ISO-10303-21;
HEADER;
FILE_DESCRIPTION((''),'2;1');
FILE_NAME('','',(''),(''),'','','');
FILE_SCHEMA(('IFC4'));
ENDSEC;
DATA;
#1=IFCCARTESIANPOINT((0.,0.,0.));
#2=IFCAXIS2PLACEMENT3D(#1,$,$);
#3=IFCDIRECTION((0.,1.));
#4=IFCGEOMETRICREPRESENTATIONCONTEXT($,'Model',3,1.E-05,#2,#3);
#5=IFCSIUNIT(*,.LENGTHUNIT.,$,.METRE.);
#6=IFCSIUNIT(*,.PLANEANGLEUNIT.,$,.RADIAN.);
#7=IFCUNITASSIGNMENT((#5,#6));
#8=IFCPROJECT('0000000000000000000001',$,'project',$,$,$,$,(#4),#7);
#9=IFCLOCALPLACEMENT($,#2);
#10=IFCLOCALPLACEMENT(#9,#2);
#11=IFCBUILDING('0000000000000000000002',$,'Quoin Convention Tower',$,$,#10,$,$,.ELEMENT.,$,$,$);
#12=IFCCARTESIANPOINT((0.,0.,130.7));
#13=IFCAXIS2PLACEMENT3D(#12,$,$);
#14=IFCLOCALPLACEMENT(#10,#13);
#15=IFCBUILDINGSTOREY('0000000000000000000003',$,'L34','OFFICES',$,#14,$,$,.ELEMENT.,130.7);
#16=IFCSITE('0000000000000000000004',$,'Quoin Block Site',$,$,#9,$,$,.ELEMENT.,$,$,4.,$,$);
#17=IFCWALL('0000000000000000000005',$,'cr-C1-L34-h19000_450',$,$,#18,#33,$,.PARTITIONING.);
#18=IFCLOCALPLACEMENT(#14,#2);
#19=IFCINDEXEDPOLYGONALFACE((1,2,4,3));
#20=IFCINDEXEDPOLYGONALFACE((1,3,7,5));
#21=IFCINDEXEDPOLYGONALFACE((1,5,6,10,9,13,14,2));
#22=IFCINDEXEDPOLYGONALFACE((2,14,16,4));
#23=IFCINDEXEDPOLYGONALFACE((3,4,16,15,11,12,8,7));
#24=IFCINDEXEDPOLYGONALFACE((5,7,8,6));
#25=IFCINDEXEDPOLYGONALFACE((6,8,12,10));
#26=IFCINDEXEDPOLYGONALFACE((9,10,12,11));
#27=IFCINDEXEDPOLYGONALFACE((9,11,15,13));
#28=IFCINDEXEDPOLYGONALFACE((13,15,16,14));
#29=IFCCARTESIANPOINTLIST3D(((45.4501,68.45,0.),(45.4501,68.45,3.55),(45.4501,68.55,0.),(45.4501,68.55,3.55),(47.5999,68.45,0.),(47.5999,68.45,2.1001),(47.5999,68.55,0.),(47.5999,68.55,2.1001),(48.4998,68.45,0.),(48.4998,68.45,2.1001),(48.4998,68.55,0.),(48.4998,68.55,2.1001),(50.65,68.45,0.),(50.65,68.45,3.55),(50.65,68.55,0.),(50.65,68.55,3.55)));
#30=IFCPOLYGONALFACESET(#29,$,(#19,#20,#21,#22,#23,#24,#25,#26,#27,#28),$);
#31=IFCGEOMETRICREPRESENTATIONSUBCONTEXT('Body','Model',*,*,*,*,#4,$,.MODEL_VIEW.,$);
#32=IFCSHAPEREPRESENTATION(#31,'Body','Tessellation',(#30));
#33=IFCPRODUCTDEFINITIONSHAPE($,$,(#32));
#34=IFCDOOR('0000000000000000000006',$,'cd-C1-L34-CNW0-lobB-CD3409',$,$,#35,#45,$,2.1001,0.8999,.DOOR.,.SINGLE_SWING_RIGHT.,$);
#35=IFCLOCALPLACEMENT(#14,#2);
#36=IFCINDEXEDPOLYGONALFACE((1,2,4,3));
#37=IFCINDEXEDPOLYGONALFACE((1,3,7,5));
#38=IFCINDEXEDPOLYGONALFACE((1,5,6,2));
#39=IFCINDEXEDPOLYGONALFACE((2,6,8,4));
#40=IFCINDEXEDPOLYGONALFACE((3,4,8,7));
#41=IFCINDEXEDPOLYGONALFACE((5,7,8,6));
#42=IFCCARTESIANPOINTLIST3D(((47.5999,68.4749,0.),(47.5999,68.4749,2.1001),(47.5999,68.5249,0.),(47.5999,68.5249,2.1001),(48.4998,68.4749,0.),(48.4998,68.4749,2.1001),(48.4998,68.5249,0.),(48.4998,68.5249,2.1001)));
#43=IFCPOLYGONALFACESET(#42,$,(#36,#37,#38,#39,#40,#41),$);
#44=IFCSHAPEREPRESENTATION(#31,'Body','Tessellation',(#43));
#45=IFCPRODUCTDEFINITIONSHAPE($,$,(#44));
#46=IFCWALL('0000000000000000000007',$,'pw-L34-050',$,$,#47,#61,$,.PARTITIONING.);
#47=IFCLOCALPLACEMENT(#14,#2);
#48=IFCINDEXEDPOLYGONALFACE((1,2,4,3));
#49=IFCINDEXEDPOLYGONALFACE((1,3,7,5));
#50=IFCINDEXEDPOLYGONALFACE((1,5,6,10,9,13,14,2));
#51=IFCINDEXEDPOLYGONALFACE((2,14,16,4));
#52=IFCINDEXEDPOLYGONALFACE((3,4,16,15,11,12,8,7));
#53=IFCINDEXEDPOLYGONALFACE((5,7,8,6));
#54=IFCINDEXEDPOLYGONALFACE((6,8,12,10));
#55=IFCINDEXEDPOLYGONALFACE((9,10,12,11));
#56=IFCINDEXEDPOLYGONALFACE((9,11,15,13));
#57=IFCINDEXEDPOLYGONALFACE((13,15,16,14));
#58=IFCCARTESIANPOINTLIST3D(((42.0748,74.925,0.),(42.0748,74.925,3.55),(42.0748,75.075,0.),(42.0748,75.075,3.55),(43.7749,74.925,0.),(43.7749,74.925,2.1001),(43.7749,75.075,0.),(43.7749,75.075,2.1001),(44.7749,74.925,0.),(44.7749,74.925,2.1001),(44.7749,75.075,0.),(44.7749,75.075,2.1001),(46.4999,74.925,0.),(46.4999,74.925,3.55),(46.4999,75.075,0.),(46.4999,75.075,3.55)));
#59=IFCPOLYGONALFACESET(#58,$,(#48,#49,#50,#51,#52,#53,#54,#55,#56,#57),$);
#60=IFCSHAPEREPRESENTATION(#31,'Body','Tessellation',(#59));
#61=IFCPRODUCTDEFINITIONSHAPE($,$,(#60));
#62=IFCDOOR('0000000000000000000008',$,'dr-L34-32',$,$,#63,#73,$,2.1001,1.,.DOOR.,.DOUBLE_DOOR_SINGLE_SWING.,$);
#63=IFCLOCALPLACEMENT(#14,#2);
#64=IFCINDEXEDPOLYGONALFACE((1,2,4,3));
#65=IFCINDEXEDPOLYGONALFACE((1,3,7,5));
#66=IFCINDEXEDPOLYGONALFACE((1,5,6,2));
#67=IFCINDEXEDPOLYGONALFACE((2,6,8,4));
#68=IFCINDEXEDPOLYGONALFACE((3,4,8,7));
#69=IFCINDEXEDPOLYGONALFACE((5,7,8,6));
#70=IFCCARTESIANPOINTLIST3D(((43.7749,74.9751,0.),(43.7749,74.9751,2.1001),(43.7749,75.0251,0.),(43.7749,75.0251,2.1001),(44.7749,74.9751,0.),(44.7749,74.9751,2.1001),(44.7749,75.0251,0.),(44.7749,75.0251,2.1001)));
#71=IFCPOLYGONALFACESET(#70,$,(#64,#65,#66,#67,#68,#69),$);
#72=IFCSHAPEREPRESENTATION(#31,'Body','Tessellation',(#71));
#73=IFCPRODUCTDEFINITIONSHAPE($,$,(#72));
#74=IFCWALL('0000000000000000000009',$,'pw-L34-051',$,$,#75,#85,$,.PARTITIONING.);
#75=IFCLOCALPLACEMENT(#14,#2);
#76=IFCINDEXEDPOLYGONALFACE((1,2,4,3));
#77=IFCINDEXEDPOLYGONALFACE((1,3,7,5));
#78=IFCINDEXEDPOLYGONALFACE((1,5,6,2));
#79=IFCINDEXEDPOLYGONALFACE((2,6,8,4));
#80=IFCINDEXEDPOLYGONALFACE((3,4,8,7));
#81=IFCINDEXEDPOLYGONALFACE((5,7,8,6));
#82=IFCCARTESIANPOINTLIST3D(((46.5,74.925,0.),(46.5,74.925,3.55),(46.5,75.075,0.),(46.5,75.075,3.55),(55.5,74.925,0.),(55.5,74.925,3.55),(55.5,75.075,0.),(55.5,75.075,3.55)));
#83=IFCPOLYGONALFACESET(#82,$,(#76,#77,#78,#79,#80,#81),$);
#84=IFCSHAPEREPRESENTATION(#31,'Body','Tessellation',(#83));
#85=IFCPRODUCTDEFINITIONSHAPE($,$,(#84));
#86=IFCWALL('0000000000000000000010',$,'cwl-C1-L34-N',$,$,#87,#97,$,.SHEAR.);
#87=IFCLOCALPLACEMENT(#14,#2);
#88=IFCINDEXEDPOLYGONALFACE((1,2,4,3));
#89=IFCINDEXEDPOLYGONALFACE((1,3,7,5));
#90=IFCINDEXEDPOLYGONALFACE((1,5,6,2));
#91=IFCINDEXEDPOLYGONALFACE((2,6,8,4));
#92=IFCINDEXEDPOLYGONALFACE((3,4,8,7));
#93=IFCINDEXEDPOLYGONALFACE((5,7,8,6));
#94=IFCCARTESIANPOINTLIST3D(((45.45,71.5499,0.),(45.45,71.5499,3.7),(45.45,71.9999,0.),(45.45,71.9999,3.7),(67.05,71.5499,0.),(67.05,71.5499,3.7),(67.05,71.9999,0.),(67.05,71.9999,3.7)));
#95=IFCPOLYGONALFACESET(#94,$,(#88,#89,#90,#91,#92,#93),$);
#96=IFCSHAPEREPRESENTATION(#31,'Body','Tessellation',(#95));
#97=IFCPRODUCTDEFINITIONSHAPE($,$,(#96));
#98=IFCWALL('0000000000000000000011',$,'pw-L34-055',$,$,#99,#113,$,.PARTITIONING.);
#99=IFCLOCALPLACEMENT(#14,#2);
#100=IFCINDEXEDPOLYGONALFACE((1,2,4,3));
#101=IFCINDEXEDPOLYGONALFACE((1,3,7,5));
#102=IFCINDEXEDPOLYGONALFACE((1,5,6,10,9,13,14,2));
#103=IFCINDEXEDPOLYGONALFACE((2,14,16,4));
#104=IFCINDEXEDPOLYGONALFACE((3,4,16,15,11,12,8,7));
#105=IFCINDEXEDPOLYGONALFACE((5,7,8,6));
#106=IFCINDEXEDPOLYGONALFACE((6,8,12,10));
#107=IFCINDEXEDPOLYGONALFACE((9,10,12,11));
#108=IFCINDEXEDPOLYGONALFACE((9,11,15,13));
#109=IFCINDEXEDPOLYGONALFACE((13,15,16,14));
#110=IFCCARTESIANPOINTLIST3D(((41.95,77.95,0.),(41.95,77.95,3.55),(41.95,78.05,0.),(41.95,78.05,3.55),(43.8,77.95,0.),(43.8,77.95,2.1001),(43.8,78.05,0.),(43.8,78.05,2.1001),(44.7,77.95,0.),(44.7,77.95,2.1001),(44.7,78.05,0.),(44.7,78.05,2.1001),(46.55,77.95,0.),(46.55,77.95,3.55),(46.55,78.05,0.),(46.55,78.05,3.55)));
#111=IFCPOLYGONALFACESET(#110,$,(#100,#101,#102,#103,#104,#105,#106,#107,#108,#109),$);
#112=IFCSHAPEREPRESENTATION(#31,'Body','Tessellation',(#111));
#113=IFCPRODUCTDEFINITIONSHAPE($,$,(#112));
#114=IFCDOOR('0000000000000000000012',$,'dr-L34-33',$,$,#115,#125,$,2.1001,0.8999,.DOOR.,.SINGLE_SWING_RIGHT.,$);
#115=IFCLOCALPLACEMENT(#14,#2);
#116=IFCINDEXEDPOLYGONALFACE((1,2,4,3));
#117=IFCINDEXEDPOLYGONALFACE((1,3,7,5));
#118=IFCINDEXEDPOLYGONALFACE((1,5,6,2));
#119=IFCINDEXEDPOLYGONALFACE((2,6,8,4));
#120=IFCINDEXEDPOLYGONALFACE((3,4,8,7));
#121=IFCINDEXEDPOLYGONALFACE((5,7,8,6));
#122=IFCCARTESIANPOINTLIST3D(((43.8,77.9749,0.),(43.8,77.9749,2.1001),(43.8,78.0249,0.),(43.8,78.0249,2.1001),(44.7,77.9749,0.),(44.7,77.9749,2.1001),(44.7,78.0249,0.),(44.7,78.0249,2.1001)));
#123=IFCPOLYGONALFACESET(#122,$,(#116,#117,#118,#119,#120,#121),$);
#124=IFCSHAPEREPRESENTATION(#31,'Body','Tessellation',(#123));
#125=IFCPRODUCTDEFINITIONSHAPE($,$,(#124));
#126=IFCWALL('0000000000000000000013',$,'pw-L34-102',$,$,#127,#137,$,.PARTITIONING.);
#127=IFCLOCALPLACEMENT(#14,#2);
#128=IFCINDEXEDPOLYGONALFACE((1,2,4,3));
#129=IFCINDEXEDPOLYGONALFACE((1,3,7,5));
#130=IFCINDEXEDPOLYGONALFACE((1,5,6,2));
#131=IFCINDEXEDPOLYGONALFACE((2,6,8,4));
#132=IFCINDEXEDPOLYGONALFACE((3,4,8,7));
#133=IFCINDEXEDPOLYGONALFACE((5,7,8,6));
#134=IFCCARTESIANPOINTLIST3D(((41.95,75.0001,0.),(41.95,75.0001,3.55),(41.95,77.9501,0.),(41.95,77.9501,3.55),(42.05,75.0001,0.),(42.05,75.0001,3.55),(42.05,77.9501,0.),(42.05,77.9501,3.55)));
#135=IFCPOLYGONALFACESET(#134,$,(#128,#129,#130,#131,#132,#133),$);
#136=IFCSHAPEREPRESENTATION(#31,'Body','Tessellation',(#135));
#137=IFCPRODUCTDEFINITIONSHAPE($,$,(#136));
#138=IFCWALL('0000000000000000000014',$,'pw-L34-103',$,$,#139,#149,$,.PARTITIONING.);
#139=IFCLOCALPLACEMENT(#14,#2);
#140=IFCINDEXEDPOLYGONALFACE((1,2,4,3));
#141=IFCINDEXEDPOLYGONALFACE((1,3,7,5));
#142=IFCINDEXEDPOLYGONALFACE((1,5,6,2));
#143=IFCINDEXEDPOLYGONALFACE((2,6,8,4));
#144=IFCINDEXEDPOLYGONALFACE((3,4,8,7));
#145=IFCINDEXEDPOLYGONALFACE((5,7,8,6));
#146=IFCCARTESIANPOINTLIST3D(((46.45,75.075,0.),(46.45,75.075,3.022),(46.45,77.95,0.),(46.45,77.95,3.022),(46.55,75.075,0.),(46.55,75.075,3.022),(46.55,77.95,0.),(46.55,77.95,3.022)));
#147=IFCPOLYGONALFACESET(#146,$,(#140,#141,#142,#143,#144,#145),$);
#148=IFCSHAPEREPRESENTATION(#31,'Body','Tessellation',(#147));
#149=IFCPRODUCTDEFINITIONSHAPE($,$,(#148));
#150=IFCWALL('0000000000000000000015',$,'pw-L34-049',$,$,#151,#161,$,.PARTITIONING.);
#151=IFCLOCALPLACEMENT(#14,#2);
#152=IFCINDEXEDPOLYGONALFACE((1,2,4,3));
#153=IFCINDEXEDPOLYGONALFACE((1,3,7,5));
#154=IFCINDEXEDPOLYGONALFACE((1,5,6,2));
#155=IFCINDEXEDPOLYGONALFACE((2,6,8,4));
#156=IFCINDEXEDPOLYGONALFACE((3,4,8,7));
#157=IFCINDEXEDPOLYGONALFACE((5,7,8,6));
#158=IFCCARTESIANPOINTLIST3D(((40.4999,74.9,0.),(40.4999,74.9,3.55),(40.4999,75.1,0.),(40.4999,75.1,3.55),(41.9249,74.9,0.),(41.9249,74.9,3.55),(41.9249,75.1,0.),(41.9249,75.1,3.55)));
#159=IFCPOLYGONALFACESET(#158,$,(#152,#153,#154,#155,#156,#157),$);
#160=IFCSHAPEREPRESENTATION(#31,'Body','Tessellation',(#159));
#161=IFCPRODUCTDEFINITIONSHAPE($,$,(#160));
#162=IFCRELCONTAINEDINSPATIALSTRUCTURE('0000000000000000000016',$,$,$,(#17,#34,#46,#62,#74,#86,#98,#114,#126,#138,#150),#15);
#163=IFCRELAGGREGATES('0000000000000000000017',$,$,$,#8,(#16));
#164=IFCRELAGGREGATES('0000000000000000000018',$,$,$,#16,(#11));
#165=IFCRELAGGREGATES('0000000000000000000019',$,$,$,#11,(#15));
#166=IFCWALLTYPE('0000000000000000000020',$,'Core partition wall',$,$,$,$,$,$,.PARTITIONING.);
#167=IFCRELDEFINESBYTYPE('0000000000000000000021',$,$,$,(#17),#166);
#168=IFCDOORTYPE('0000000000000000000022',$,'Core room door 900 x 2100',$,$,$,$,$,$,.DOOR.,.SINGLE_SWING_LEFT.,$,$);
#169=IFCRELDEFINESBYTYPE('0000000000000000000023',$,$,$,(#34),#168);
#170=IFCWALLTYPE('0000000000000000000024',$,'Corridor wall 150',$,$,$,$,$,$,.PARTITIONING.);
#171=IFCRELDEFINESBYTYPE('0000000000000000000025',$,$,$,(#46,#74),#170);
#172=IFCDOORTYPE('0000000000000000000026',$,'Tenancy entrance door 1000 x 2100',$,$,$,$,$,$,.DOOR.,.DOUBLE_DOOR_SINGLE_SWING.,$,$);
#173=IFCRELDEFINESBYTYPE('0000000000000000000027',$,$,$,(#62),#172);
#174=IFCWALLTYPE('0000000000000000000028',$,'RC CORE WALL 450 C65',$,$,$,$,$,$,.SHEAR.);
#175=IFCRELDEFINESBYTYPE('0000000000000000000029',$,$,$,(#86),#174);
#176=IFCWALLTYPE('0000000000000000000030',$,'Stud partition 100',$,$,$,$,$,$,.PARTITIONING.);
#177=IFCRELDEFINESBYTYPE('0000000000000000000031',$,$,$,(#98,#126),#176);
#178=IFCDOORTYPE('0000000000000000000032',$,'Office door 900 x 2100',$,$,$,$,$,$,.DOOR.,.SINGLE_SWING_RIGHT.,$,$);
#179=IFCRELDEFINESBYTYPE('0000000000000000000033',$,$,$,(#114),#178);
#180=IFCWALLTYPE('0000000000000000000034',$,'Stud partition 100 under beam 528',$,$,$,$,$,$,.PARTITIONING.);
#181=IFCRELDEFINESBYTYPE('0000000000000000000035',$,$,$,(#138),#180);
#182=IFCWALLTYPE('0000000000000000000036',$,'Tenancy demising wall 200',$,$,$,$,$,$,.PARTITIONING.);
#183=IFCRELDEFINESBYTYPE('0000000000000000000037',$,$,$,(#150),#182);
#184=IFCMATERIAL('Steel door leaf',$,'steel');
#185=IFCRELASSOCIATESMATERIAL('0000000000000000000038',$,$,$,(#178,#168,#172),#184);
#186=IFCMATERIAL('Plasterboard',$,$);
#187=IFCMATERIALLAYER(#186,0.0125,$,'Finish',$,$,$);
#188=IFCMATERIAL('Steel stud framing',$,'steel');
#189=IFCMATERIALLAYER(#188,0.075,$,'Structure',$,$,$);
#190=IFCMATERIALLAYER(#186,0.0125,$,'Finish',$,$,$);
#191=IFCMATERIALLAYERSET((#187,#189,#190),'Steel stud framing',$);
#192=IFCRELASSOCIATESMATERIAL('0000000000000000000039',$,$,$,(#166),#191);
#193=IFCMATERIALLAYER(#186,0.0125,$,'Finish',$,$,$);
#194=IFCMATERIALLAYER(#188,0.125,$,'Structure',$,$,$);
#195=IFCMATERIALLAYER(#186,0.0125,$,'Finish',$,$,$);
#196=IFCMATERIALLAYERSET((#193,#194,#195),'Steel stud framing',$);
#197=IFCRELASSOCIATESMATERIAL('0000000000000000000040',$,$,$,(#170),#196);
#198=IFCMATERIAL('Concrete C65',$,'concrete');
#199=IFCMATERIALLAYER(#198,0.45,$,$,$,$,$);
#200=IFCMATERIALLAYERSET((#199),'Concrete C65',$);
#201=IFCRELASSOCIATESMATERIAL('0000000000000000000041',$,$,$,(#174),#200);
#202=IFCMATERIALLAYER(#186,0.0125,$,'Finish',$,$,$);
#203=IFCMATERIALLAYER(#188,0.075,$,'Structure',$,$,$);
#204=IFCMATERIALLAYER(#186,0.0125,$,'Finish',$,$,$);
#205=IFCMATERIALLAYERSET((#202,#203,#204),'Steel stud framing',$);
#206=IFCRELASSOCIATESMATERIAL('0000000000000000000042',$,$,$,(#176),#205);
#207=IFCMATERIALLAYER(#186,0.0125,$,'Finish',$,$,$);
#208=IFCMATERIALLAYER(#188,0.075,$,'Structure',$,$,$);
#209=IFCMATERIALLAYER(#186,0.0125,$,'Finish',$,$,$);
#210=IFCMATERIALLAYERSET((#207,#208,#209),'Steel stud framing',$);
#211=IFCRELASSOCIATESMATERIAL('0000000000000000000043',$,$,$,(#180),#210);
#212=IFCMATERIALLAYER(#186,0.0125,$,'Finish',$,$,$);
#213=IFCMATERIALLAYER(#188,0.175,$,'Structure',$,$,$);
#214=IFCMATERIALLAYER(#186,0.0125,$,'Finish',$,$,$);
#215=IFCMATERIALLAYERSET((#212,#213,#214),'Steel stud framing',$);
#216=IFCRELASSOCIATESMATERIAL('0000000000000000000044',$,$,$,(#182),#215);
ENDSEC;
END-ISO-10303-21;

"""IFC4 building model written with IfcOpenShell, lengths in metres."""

from ifc_helpers import new_model, si_unit, direction, frame, frame_2d, origin, place, context, subcontext, project, spatial, rectangle, extrude, material, layer, layer_set, type_object, element, fill, save


model = new_model("IFC4")

# Units and contexts
model_context = context("Model", 3, precision=1e-05, world=origin(), true_north=direction((0.0, 1.0)))
body_context = subcontext(model_context, "Body", "Model", "MODEL_VIEW")
ifc_project = project(units=[si_unit("LENGTHUNIT", "METRE"), si_unit("PLANEANGLEUNIT", "RADIAN")], contexts=[model_context])

# Site, building, storey
site_placement = place(None, origin())
site = spatial("IfcSite", under=ifc_project, at=site_placement, Name="Quoin Block Site", CompositionType="ELEMENT", RefElevation=4.0)
building_placement = place(site_placement, origin())
building = spatial("IfcBuilding", under=site, at=building_placement, Name="Quoin Convention Tower", CompositionType="ELEMENT")
storey_placement = place(building_placement, frame((0.0, 0.0, 130.7)))
storey = spatial("IfcBuildingStorey", under=building, at=storey_placement, Name="L34", Description="OFFICES", CompositionType="ELEMENT", Elevation=130.7)

# Shared definitions
ifc_material_1 = material(Name="Concrete C65", Category="concrete")

# Shared definitions
ifc_material_2 = material(Name="Plasterboard")
ifc_material_3 = material(Name="Steel stud framing", Category="steel")
ifc_material_4 = material(Name="Steel door leaf", Category="steel")
door_type_1 = type_object("IfcDoorType", Name="Office door 900 x 2100", OperationType="SINGLE_SWING_RIGHT", PredefinedType="DOOR", material=ifc_material_4)

# Walls, openings, doors
ifc_layer_1 = layer(ifc_material_2, 0.0125, Name="Finish")
ifc_layer_2 = layer(ifc_material_3, 0.075, Name="Structure")
ifc_layer_3 = layer(ifc_material_2, 0.0125, Name="Finish")
ifc_layer_set_1 = layer_set([ifc_layer_1, ifc_layer_2, ifc_layer_3], Name="Steel stud framing")
wall_type_1 = type_object("IfcWallType", Name="Core partition wall", PredefinedType="PARTITIONING", material=ifc_layer_set_1)
wall_1_placement = place(storey_placement, frame((45.45, 68.5, 0.0), z_axis=(0.0, 0.0, 1.0), x_axis=(1.0, 0.0, 0.0)))
wall_1 = element("IfcWall", 1, at=wall_1_placement, inside=storey, type_object=wall_type_1, Name="cr-C1-L34-h19000_450", PredefinedType="PARTITIONING", context=body_context, shape_type="SweptSolid", body=[
    extrude(rectangle(XDim=5.2, YDim=0.1001, at=frame_2d((2.6001, 0.0))), origin(), (0.0, 0.0, 1.0), 3.55),
])
opening_1_placement = place(wall_1_placement, frame((2.1499, 0.0, 0.0)))
opening_1 = element("IfcOpeningElement", 2, at=opening_1_placement, cuts=wall_1, PredefinedType="OPENING", context=body_context, shape_type="SweptSolid", body=[
    extrude(rectangle(XDim=0.8999, YDim=2.1001, at=frame_2d((0.45, 1.05))), frame((0.0, 0.0601, 0.0), z_axis=(0.0, -1.0, 0.0), x_axis=(1.0, 0.0, 0.0)), (0.0, 0.0, 1.0), 0.1201),
])
door_type_2 = type_object("IfcDoorType", Name="Core room door 900 x 2100", OperationType="SINGLE_SWING_LEFT", PredefinedType="DOOR", material=ifc_material_4)
door_1_placement = place(opening_1_placement, origin())
door_1 = element("IfcDoor", 3, at=door_1_placement, inside=storey, type_object=door_type_2, Name="cd-C1-L34-CNW0-lobB-CD3409", OperationType="SINGLE_SWING_RIGHT", OverallHeight=2.1001, OverallWidth=0.8999, PredefinedType="DOOR", context=body_context, shape_type="SweptSolid", body=[
    extrude(rectangle(XDim=0.8999, YDim=2.1001, at=frame_2d((0.45, 1.05))), frame((0.0, 0.0249, 0.0), z_axis=(0.0, -1.0, 0.0), x_axis=(1.0, 0.0, 0.0)), (0.0, 0.0, 1.0), 0.05),
])
fill(opening_1, door_1)
ifc_layer_4 = layer(ifc_material_2, 0.0125, Name="Finish")
ifc_layer_5 = layer(ifc_material_3, 0.125, Name="Structure")
ifc_layer_6 = layer(ifc_material_2, 0.0125, Name="Finish")
ifc_layer_set_2 = layer_set([ifc_layer_4, ifc_layer_5, ifc_layer_6], Name="Steel stud framing")
wall_type_2 = type_object("IfcWallType", Name="Corridor wall 150", PredefinedType="PARTITIONING", material=ifc_layer_set_2)
wall_2_placement = place(storey_placement, frame((42.075, 75.0, 0.0), z_axis=(0.0, 0.0, 1.0), x_axis=(1.0, 0.0, 0.0)))
wall_2 = element("IfcWall", 4, at=wall_2_placement, inside=storey, type_object=wall_type_2, Name="pw-L34-050", PredefinedType="PARTITIONING", context=body_context, shape_type="SweptSolid", body=[
    extrude(rectangle(XDim=4.425, YDim=0.1499, at=frame_2d((2.2124, 0.0))), origin(), (0.0, 0.0, 1.0), 3.55),
])
opening_2_placement = place(wall_2_placement, frame((1.7, 0.0, 0.0)))
opening_2 = element("IfcOpeningElement", 5, at=opening_2_placement, cuts=wall_2, PredefinedType="OPENING", context=body_context, shape_type="SweptSolid", body=[
    extrude(rectangle(XDim=1.0, YDim=2.1001, at=frame_2d((0.5, 1.05))), frame((0.0, 0.085, 0.0), z_axis=(0.0, -1.0, 0.0), x_axis=(1.0, 0.0, 0.0)), (0.0, 0.0, 1.0), 0.1699),
])
door_type_3 = type_object("IfcDoorType", Name="Tenancy entrance door 1000 x 2100", OperationType="DOUBLE_DOOR_SINGLE_SWING", PredefinedType="DOOR", material=ifc_material_4)
door_2_placement = place(opening_2_placement, frame((1.0, 0.0, 0.0), z_axis=(0.0, 0.0, 1.0), x_axis=(-1.0, 0.0, 0.0)))
door_2 = element("IfcDoor", 6, at=door_2_placement, inside=storey, type_object=door_type_3, Name="dr-L34-32", OperationType="DOUBLE_DOOR_SINGLE_SWING", OverallHeight=2.1001, OverallWidth=1.0, PredefinedType="DOOR", context=body_context, shape_type="SweptSolid", body=[
    extrude(rectangle(XDim=1.0, YDim=2.1001, at=frame_2d((0.5, 1.05))), frame((0.0, 0.0249, 0.0), z_axis=(0.0, -1.0, 0.0), x_axis=(1.0, 0.0, 0.0)), (0.0, 0.0, 1.0), 0.05),
])
fill(opening_2, door_2)

# Walls
wall_3_placement = place(storey_placement, frame((46.5, 75.0, 0.0), z_axis=(0.0, 0.0, 1.0), x_axis=(1.0, 0.0, 0.0)))
element("IfcWall", 7, at=wall_3_placement, inside=storey, type_object=wall_type_2, Name="pw-L34-051", PredefinedType="PARTITIONING", context=body_context, shape_type="SweptSolid", body=[
    extrude(rectangle(XDim=9.0, YDim=0.1499, at=frame_2d((4.5, 0.0))), origin(), (0.0, 0.0, 1.0), 3.55),
])
ifc_layer_7 = layer(ifc_material_1, 0.45)
ifc_layer_set_3 = layer_set([ifc_layer_7], Name="Concrete C65")
wall_type_3 = type_object("IfcWallType", Name="RC CORE WALL 450 C65", PredefinedType="SHEAR", material=ifc_layer_set_3)
wall_4_placement = place(storey_placement, frame((45.45, 71.7749, 0.0), z_axis=(0.0, 0.0, 1.0), x_axis=(1.0, 0.0, 0.0)))
element("IfcWall", 8, at=wall_4_placement, inside=storey, type_object=wall_type_3, Name="cwl-C1-L34-N", PredefinedType="SHEAR", context=body_context, shape_type="SweptSolid", body=[
    extrude(rectangle(XDim=21.6001, YDim=0.45, at=frame_2d((10.8, 0.0))), origin(), (0.0, 0.0, 1.0), 3.7),
])

# Wall, opening, door
ifc_layer_8 = layer(ifc_material_2, 0.0125, Name="Finish")
ifc_layer_9 = layer(ifc_material_3, 0.075, Name="Structure")
ifc_layer_10 = layer(ifc_material_2, 0.0125, Name="Finish")
ifc_layer_set_4 = layer_set([ifc_layer_8, ifc_layer_9, ifc_layer_10], Name="Steel stud framing")
wall_type_4 = type_object("IfcWallType", Name="Stud partition 100", PredefinedType="PARTITIONING", material=ifc_layer_set_4)
wall_5_placement = place(storey_placement, frame((41.95, 78.0, 0.0), z_axis=(0.0, 0.0, 1.0), x_axis=(1.0, 0.0, 0.0)))
wall_5 = element("IfcWall", 9, at=wall_5_placement, inside=storey, type_object=wall_type_4, Name="pw-L34-055", PredefinedType="PARTITIONING", context=body_context, shape_type="SweptSolid", body=[
    extrude(rectangle(XDim=4.6001, YDim=0.1001, at=frame_2d((2.3, 0.0))), origin(), (0.0, 0.0, 1.0), 3.55),
])
opening_3_placement = place(wall_5_placement, frame((1.8501, 0.0, 0.0)))
opening_3 = element("IfcOpeningElement", 10, at=opening_3_placement, cuts=wall_5, PredefinedType="OPENING", context=body_context, shape_type="SweptSolid", body=[
    extrude(rectangle(XDim=0.8999, YDim=2.1001, at=frame_2d((0.45, 1.05))), frame((0.0, 0.0601, 0.0), z_axis=(0.0, -1.0, 0.0), x_axis=(1.0, 0.0, 0.0)), (0.0, 0.0, 1.0), 0.1201),
])
door_3_placement = place(opening_3_placement, origin())
door_3 = element("IfcDoor", 11, at=door_3_placement, inside=storey, type_object=door_type_1, Name="dr-L34-33", OperationType="SINGLE_SWING_RIGHT", OverallHeight=2.1001, OverallWidth=0.8999, PredefinedType="DOOR", context=body_context, shape_type="SweptSolid", body=[
    extrude(rectangle(XDim=0.8999, YDim=2.1001, at=frame_2d((0.45, 1.05))), frame((0.0, 0.0249, 0.0), z_axis=(0.0, -1.0, 0.0), x_axis=(1.0, 0.0, 0.0)), (0.0, 0.0, 1.0), 0.05),
])
fill(opening_3, door_3)

# Walls
wall_6_placement = place(storey_placement, frame((42.0, 75.0, 0.0), z_axis=(0.0, 0.0, 1.0), x_axis=(0.0, 1.0, 0.0)))
element("IfcWall", 12, at=wall_6_placement, inside=storey, type_object=wall_type_4, Name="pw-L34-102", PredefinedType="PARTITIONING", context=body_context, shape_type="SweptSolid", body=[
    extrude(rectangle(XDim=2.95, YDim=0.1001, at=frame_2d((1.4751, 0.0))), origin(), (0.0, 0.0, 1.0), 3.55),
])
ifc_layer_11 = layer(ifc_material_2, 0.0125, Name="Finish")
ifc_layer_12 = layer(ifc_material_3, 0.075, Name="Structure")
ifc_layer_13 = layer(ifc_material_2, 0.0125, Name="Finish")
ifc_layer_set_5 = layer_set([ifc_layer_11, ifc_layer_12, ifc_layer_13], Name="Steel stud framing")
wall_type_5 = type_object("IfcWallType", Name="Stud partition 100 under beam 528", PredefinedType="PARTITIONING", material=ifc_layer_set_5)
wall_7_placement = place(storey_placement, frame((46.5, 75.075, 0.0), z_axis=(0.0, 0.0, 1.0), x_axis=(0.0, 1.0, 0.0)))
element("IfcWall", 13, at=wall_7_placement, inside=storey, type_object=wall_type_5, Name="pw-L34-103", PredefinedType="PARTITIONING", context=body_context, shape_type="SweptSolid", body=[
    extrude(rectangle(XDim=2.875, YDim=0.1001, at=frame_2d((1.4375, 0.0))), origin(), (0.0, 0.0, 1.0), 3.022),
])
ifc_layer_14 = layer(ifc_material_2, 0.0125, Name="Finish")
ifc_layer_15 = layer(ifc_material_3, 0.175, Name="Structure")
ifc_layer_16 = layer(ifc_material_2, 0.0125, Name="Finish")
ifc_layer_set_6 = layer_set([ifc_layer_14, ifc_layer_15, ifc_layer_16], Name="Steel stud framing")
wall_type_6 = type_object("IfcWallType", Name="Tenancy demising wall 200", PredefinedType="PARTITIONING", material=ifc_layer_set_6)
wall_8_placement = place(storey_placement, frame((40.5, 75.0, 0.0), z_axis=(0.0, 0.0, 1.0), x_axis=(1.0, 0.0, 0.0)))
element("IfcWall", 14, at=wall_8_placement, inside=storey, type_object=wall_type_6, Name="pw-L34-049", PredefinedType="PARTITIONING", context=body_context, shape_type="SweptSolid", body=[
    extrude(rectangle(XDim=1.425, YDim=0.2, at=frame_2d((0.7124, 0.0))), origin(), (0.0, 0.0, 1.0), 3.55),
])

save(model, "model.ifc")
